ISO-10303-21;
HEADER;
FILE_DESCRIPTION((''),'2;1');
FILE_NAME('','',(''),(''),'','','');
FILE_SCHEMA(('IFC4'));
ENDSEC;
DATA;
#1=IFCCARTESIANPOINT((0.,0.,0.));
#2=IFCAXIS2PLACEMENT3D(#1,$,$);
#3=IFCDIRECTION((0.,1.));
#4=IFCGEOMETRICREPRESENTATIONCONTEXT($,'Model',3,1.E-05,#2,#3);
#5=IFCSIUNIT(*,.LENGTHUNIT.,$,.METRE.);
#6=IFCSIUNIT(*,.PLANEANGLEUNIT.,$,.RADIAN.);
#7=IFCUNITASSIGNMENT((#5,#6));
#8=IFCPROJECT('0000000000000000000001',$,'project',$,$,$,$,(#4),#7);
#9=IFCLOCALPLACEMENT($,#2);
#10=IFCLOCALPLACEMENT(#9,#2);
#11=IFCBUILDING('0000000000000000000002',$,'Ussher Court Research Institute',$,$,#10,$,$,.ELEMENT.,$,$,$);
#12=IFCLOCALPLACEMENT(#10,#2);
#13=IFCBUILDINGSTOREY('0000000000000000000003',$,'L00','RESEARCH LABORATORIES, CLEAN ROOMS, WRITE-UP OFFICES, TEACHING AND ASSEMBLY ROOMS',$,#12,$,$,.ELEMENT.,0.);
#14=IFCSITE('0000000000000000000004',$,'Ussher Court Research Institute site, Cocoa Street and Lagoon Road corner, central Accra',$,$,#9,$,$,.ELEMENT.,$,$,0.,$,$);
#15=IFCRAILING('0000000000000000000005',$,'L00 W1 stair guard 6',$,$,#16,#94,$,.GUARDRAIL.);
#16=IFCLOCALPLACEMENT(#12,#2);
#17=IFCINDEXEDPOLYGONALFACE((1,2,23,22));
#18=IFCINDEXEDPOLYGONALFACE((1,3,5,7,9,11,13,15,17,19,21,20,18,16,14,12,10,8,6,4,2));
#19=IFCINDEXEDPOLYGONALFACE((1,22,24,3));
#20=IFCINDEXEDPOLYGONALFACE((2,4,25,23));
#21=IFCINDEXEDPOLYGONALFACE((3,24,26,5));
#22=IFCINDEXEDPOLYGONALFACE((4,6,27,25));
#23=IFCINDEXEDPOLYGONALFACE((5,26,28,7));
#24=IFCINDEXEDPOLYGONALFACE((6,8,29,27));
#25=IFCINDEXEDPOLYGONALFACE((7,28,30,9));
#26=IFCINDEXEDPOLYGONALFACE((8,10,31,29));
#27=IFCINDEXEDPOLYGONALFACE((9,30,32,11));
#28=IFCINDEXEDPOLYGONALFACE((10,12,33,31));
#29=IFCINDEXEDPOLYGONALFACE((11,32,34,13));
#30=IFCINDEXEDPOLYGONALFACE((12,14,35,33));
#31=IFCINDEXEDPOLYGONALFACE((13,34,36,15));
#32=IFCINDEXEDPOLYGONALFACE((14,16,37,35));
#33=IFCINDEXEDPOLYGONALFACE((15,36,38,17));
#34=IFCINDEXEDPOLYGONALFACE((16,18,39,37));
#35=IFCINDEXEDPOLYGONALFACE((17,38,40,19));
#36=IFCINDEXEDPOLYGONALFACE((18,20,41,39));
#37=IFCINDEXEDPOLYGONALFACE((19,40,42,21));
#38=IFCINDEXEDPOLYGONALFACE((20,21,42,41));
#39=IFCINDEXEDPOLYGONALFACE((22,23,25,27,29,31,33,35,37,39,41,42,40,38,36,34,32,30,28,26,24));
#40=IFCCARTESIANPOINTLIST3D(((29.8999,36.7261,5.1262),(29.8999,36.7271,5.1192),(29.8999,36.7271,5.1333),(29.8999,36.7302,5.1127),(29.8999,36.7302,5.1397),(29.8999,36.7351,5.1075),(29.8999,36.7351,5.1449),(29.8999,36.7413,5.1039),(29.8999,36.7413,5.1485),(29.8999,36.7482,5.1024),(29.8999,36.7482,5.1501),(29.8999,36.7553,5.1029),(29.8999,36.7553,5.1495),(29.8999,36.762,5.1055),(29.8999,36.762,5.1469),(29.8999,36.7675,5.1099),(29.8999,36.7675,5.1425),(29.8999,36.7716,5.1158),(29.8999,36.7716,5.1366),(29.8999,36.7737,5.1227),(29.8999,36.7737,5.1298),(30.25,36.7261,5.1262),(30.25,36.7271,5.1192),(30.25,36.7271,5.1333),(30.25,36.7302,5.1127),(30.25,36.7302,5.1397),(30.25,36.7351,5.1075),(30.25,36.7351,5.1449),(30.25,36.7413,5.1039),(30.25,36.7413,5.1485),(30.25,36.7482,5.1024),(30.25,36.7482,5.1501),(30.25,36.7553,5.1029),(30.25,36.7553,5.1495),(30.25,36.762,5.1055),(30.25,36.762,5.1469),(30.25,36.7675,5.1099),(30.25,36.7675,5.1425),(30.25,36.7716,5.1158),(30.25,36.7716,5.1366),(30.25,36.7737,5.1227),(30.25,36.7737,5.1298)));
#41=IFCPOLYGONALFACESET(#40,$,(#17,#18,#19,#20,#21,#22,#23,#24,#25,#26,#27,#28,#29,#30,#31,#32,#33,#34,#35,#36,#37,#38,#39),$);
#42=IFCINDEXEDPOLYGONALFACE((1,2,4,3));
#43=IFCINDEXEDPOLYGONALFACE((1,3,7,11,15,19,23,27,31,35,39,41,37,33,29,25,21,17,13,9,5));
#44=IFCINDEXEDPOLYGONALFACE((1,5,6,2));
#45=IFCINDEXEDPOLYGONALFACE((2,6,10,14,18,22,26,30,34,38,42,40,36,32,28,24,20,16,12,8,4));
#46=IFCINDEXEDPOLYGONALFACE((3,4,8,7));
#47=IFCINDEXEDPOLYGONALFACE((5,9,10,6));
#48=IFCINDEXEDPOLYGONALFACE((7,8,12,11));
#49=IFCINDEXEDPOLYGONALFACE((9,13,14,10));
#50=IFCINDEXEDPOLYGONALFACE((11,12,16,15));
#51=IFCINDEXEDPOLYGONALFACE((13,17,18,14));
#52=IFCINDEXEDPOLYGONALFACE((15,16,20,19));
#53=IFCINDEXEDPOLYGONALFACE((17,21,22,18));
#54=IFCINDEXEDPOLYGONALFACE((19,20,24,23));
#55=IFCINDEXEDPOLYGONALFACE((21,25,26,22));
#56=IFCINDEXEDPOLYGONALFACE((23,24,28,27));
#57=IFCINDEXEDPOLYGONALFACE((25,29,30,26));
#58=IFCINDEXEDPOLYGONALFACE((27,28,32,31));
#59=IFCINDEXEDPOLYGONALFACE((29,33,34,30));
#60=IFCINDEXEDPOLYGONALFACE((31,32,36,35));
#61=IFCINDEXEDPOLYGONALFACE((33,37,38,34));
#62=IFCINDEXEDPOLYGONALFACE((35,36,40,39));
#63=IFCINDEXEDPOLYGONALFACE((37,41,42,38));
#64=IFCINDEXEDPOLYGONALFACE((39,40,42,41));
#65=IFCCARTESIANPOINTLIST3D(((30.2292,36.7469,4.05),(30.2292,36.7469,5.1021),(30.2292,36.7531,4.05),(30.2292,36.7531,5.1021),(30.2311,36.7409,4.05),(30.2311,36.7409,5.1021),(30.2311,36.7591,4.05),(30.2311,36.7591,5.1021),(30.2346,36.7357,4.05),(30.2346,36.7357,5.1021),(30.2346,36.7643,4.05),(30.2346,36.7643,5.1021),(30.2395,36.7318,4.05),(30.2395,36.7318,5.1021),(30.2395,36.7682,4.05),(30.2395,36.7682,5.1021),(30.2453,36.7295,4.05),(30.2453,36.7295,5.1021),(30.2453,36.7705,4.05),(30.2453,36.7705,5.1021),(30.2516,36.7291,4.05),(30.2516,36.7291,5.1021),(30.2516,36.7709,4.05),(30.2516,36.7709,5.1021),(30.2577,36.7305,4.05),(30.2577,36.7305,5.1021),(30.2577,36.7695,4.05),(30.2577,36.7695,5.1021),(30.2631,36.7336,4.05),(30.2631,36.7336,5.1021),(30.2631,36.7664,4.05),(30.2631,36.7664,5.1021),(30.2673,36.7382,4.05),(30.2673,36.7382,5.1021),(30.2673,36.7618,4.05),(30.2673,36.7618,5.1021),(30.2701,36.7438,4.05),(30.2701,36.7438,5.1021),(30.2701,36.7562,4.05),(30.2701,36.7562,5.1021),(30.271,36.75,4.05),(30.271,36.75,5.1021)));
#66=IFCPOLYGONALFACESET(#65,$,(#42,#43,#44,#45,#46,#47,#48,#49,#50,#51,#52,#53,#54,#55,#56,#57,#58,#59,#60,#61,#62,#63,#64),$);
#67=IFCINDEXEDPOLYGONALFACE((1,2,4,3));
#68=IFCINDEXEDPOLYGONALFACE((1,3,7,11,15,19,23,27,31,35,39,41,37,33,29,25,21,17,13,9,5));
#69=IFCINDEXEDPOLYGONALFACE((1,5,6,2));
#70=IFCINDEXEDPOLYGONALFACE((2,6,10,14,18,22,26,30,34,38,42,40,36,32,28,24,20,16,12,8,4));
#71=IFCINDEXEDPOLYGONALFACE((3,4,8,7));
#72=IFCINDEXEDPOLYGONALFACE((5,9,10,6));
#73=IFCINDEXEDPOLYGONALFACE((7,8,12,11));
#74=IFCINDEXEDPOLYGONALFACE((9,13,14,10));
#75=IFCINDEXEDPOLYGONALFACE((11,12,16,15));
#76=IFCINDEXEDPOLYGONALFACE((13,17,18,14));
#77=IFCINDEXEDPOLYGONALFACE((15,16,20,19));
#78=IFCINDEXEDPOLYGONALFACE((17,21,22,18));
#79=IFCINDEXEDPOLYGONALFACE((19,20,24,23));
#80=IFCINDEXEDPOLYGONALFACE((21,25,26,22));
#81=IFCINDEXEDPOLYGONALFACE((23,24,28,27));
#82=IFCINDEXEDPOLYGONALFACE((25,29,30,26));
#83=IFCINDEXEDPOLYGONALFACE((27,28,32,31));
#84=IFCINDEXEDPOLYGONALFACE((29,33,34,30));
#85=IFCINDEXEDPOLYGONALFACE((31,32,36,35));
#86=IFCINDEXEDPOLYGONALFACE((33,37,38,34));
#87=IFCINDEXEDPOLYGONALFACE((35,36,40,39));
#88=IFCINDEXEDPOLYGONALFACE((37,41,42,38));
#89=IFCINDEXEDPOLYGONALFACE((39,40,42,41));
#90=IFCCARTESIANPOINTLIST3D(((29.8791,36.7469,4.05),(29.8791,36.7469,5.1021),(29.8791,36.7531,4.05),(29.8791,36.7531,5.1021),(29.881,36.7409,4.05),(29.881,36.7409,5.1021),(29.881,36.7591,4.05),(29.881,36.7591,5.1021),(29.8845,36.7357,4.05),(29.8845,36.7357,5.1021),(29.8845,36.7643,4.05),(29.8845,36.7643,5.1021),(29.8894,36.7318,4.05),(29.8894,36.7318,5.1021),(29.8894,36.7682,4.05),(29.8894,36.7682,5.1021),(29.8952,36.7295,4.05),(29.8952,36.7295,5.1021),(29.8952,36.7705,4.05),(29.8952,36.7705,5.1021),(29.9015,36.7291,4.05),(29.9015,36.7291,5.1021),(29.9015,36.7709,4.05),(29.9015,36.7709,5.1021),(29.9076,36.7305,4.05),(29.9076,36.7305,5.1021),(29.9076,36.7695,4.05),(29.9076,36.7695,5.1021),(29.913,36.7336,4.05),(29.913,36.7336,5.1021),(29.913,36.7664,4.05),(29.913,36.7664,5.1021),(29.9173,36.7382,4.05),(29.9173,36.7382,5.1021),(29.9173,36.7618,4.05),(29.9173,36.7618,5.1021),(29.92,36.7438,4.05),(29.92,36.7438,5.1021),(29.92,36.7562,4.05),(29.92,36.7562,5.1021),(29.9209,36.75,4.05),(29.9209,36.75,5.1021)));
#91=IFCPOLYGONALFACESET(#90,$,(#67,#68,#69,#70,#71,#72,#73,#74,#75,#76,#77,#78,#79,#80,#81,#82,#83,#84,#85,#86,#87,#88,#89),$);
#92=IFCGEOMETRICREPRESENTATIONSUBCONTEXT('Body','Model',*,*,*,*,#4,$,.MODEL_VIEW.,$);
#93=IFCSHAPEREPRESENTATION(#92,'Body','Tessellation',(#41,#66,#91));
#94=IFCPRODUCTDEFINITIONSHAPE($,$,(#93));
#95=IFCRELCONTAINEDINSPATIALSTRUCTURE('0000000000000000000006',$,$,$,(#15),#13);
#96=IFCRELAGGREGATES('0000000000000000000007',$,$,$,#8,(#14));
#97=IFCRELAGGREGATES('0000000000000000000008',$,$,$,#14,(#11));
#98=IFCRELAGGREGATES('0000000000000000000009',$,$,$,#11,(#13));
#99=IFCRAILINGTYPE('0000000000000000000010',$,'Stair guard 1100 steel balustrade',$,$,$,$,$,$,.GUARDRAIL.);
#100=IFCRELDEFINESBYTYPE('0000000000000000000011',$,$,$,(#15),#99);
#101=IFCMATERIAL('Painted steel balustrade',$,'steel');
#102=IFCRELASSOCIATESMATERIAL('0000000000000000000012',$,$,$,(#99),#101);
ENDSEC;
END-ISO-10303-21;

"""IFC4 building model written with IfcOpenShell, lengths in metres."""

from ifc_helpers import new_model, si_unit, direction, frame, origin, origin_2d, place, context, subcontext, project, spatial, circle, extrude, material, type_object, element, save


model = new_model("IFC4")

# Units and contexts
model_context = context("Model", 3, precision=1e-05, world=origin(), true_north=direction((0.0, 1.0)))
body_context = subcontext(model_context, "Body", "Model", "MODEL_VIEW")
ifc_project = project(units=[si_unit("LENGTHUNIT", "METRE"), si_unit("PLANEANGLEUNIT", "RADIAN")], contexts=[model_context])

# Site, building, storey
site_placement = place(None, origin())
site = spatial("IfcSite", under=ifc_project, at=site_placement, Name="Ussher Court Research Institute site, Cocoa Street and Lagoon Road corner, central Accra", CompositionType="ELEMENT", RefElevation=0.0)
building_placement = place(site_placement, origin())
building = spatial("IfcBuilding", under=site, at=building_placement, Name="Ussher Court Research Institute", CompositionType="ELEMENT")
storey_placement = place(building_placement, origin())
storey = spatial("IfcBuildingStorey", under=building, at=storey_placement, Name="L00", Description="RESEARCH LABORATORIES, CLEAN ROOMS, WRITE-UP OFFICES, TEACHING AND ASSEMBLY ROOMS", CompositionType="ELEMENT", Elevation=0.0)

# Railing
ifc_material_1 = material(Name="Painted steel balustrade", Category="steel")
railing_type_1 = type_object("IfcRailingType", Name="Stair guard 1100 steel balustrade", PredefinedType="GUARDRAIL", material=ifc_material_1)
railing_1_placement = place(storey_placement, frame((30.25, 36.75, 4.05)))
element("IfcRailing", 1, at=railing_1_placement, inside=storey, type_object=railing_type_1, Name="L00 W1 stair guard 6", PredefinedType="GUARDRAIL", context=body_context, shape_type="SweptSolid", body=[
    extrude(circle(Radius=0.0239, at=origin_2d()), frame((0.0, 0.0, 1.0762), z_axis=(-1.0, 0.0, 0.0), x_axis=(0.0, -1.0, 0.0)), (0.0, 0.0, 1.0), 0.3501),
    extrude(circle(Radius=0.021, at=origin_2d()), origin(), (0.0, 0.0, 1.0), 1.052),
    extrude(circle(Radius=0.021, at=origin_2d()), frame((-0.3501, 0.0, 0.0)), (0.0, 0.0, 1.0), 1.052),
])

save(model, "model.ifc")
